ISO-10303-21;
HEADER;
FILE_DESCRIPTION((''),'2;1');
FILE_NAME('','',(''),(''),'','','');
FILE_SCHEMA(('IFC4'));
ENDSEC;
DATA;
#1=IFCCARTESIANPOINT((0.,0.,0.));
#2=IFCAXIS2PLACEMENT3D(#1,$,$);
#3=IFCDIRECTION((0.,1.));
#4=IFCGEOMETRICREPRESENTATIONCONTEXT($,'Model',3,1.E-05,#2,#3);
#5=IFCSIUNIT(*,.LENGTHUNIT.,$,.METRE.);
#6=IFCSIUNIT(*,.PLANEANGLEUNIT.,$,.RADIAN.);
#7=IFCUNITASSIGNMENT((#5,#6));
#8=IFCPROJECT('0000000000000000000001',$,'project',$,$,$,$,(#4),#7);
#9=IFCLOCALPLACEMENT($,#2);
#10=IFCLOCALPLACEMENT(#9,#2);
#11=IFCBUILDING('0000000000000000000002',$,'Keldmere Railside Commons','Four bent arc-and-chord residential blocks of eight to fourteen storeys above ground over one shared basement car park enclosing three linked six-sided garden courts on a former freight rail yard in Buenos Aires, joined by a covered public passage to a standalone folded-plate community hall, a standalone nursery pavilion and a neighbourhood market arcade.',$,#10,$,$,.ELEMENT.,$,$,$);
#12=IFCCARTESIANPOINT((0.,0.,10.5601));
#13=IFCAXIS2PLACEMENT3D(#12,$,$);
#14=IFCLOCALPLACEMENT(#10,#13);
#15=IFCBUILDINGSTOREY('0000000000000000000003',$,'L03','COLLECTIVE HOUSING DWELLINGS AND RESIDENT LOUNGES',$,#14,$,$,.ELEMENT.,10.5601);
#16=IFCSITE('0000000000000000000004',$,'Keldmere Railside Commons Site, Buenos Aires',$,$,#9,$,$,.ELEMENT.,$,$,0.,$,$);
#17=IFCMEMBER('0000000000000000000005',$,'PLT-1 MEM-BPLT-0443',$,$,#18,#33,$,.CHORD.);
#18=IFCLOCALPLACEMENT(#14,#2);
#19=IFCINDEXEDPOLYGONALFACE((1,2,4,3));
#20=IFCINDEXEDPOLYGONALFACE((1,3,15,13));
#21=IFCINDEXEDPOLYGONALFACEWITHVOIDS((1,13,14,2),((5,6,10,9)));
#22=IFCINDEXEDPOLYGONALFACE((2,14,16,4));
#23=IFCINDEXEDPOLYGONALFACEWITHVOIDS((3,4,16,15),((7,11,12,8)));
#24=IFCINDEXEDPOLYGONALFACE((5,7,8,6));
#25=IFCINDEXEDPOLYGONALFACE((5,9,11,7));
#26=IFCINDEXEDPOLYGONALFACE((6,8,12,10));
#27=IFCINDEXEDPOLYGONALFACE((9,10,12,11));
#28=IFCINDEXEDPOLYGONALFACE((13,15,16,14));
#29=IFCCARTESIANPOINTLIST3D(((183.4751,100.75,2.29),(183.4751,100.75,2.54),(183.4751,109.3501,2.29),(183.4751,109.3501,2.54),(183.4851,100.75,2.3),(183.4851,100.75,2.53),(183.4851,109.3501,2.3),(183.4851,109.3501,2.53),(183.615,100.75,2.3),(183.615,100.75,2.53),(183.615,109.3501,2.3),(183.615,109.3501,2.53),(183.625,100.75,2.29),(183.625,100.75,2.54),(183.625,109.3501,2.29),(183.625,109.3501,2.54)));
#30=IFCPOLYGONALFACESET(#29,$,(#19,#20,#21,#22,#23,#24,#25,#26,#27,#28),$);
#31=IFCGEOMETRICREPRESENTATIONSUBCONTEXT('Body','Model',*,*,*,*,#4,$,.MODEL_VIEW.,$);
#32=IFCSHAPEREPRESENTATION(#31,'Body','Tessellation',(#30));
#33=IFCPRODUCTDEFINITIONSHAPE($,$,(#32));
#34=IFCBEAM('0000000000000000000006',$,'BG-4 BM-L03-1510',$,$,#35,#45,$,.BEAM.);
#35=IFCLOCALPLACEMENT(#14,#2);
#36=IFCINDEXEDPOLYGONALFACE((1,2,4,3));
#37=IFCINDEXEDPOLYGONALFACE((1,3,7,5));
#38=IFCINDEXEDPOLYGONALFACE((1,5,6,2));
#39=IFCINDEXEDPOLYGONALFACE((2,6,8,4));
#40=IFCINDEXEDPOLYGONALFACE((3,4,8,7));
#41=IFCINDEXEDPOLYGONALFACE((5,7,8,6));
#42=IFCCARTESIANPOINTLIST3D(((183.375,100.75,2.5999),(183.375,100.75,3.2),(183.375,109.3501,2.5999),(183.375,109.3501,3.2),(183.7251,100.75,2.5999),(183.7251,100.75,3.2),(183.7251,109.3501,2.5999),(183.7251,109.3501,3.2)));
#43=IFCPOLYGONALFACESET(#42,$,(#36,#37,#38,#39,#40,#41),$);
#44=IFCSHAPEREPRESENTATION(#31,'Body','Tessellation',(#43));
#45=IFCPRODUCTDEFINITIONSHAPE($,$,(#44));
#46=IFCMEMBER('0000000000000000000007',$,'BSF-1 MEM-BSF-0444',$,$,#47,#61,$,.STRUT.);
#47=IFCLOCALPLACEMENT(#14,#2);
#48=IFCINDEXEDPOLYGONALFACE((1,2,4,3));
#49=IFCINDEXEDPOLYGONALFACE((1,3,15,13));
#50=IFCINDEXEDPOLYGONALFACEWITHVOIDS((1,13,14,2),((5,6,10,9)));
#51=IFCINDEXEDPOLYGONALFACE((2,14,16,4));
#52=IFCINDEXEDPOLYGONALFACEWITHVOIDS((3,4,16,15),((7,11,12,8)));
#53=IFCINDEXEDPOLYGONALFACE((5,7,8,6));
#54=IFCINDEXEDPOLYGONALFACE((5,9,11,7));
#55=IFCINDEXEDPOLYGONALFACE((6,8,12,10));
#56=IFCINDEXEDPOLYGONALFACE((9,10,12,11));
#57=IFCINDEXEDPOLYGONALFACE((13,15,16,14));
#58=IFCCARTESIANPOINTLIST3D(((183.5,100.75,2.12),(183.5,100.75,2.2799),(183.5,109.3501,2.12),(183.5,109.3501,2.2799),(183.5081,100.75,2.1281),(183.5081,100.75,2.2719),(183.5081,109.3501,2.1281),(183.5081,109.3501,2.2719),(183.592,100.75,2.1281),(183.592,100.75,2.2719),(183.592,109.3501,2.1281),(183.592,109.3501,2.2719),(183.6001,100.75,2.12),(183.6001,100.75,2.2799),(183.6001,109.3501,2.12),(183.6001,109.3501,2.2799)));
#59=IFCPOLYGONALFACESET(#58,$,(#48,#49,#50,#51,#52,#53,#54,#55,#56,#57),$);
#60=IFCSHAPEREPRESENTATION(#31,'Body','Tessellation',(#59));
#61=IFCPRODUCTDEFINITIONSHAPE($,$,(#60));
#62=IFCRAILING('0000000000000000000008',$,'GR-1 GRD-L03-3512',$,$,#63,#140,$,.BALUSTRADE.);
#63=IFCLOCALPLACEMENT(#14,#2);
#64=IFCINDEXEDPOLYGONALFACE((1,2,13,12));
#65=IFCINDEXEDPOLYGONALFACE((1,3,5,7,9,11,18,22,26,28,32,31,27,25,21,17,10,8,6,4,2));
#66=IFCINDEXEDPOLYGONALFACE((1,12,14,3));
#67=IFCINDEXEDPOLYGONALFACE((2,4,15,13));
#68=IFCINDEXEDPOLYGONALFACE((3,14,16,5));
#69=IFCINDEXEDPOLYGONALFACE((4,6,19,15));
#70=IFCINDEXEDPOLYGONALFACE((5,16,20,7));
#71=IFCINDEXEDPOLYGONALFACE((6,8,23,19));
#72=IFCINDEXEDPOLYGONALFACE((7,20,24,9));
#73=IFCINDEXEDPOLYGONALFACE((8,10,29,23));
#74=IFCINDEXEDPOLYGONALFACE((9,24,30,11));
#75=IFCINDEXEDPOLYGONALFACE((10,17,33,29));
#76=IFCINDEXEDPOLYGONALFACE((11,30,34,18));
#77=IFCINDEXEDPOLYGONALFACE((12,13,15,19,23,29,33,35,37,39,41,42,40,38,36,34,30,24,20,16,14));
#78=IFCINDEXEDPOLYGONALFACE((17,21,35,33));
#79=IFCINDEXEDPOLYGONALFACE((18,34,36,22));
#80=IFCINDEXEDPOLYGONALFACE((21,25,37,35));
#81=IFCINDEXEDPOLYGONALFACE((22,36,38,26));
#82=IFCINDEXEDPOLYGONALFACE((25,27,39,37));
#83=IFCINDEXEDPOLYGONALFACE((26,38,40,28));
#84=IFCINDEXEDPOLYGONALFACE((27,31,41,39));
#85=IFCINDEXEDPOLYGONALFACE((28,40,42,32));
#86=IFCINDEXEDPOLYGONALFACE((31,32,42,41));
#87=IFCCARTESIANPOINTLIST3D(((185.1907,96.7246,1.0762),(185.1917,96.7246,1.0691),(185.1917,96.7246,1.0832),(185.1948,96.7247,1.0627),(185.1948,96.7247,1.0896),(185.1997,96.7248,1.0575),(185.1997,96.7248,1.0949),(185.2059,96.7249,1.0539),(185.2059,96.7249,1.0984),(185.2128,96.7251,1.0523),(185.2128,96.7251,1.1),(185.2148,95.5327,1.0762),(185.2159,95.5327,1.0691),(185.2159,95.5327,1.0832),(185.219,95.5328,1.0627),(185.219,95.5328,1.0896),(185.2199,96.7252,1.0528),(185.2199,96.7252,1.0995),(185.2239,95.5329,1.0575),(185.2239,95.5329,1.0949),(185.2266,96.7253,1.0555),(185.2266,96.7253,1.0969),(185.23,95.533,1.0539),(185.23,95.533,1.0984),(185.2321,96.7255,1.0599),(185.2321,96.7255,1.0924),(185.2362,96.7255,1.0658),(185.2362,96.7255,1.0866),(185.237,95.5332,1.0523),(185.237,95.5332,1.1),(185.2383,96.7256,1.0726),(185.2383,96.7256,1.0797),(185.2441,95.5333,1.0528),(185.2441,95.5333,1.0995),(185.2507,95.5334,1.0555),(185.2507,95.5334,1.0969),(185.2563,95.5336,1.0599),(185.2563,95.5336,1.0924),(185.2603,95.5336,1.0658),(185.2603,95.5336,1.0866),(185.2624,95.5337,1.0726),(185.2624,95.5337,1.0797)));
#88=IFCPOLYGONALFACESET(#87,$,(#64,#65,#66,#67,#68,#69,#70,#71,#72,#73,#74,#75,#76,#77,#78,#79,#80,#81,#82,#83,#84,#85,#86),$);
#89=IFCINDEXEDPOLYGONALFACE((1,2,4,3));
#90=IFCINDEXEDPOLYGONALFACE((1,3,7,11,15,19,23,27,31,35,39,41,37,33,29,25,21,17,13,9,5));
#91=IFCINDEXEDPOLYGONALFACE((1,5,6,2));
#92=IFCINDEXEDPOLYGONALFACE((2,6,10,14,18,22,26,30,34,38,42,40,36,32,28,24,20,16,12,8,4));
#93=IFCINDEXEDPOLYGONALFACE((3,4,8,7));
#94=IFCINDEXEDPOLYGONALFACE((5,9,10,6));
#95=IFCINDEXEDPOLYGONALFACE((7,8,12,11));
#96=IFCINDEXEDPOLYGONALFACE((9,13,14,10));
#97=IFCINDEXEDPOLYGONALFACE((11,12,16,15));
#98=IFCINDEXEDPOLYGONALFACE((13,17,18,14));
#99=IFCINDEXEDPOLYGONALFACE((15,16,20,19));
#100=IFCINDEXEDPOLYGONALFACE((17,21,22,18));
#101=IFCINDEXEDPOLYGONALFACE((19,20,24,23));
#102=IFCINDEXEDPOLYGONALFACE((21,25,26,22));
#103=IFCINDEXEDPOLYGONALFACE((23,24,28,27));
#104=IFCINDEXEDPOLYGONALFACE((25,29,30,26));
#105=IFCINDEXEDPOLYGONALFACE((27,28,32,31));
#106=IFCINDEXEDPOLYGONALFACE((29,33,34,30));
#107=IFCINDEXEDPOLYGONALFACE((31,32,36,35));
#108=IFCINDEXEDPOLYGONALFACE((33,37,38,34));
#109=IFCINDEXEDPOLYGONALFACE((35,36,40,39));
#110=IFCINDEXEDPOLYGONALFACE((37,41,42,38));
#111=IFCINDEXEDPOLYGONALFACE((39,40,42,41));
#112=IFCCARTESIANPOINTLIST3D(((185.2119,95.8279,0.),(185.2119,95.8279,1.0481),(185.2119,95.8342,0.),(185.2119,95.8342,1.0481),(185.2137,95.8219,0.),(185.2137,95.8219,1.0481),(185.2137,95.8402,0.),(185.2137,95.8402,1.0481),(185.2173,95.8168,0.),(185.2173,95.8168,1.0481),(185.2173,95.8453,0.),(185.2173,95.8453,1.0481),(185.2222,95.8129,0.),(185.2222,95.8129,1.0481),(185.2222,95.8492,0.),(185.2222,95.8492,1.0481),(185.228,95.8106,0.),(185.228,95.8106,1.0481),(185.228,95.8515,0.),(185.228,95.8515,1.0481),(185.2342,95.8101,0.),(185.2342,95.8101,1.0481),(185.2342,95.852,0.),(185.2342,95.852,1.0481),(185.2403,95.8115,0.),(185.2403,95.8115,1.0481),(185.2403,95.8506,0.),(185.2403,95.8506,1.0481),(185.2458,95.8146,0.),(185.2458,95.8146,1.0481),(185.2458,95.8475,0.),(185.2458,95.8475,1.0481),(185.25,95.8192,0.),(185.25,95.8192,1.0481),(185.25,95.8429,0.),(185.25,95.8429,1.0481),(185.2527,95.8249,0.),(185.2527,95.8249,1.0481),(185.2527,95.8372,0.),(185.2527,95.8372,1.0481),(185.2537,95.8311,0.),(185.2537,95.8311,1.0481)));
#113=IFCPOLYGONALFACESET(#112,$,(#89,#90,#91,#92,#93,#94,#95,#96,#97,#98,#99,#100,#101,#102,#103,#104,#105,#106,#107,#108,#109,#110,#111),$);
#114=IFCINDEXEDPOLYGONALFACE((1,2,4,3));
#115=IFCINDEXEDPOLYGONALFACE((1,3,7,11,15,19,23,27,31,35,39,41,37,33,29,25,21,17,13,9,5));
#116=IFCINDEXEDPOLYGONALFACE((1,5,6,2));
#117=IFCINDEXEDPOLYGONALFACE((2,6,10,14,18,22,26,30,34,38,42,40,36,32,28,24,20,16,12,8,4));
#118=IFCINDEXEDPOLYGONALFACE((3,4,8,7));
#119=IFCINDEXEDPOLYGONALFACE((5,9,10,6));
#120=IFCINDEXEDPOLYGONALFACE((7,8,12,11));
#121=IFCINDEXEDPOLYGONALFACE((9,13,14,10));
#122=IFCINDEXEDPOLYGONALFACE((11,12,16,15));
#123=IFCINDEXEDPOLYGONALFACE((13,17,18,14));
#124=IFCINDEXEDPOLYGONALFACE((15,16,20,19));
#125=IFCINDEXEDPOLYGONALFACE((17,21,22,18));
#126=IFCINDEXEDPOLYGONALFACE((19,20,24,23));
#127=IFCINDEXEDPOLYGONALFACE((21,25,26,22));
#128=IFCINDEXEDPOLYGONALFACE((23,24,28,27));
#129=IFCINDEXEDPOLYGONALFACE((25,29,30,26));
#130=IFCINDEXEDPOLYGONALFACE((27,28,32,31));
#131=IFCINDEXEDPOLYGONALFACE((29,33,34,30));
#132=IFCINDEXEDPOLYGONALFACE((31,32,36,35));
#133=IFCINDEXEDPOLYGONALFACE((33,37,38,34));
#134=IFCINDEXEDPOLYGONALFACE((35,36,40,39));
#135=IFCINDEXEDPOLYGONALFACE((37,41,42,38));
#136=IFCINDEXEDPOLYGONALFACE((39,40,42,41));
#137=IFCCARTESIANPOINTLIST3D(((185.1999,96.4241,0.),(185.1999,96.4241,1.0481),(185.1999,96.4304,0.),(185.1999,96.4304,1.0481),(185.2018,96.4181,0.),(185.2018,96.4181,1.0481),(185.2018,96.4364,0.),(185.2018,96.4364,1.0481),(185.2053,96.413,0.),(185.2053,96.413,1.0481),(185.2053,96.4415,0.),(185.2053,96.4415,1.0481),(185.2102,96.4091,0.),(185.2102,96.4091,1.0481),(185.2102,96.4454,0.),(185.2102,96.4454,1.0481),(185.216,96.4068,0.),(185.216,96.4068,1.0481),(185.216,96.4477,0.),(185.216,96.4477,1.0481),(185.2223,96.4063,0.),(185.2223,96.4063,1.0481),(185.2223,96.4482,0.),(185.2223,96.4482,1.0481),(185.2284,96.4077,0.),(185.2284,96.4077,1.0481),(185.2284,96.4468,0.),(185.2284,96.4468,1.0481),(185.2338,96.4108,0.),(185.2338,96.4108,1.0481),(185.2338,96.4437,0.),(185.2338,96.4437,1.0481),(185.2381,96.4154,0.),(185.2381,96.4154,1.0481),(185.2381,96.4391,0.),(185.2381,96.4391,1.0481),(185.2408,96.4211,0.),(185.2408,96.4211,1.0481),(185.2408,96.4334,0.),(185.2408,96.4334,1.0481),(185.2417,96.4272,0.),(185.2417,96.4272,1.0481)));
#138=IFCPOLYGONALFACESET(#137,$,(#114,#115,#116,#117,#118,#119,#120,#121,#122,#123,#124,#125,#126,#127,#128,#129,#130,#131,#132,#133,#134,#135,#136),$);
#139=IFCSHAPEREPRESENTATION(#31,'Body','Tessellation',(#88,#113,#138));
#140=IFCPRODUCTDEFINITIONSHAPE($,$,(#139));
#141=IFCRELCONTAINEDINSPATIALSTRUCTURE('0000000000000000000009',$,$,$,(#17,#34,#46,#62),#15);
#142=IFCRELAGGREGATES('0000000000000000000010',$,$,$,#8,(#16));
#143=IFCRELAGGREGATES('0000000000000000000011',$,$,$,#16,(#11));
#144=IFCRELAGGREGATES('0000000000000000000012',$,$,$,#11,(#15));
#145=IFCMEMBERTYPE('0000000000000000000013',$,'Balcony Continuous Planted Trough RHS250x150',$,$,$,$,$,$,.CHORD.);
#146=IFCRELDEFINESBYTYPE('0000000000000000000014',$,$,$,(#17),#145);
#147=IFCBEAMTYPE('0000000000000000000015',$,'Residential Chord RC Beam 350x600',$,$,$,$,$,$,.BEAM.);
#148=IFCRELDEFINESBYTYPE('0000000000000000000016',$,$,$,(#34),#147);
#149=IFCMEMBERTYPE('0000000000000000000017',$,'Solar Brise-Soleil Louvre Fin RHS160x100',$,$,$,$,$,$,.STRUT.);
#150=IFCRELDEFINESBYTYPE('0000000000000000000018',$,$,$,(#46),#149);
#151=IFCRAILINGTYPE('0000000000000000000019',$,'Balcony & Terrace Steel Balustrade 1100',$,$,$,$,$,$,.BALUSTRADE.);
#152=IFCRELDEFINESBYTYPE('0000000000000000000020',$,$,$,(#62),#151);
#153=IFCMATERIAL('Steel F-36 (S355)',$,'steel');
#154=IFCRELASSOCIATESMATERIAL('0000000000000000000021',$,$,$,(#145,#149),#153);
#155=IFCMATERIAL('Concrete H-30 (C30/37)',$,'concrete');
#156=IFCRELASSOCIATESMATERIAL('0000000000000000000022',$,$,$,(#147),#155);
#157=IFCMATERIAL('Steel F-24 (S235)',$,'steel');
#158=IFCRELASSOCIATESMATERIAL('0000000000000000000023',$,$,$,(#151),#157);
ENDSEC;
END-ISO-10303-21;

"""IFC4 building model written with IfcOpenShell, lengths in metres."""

from ifc_helpers import new_model, si_unit, direction, frame, origin, origin_2d, place, context, subcontext, project, spatial, rectangle, hollow_rectangle, circle, extrude, material, material_profile, profile_set, type_object, element, save


model = new_model("IFC4")

# Units and contexts
model_context = context("Model", 3, precision=1e-05, world=origin(), true_north=direction((0.0, 1.0)))
body_context = subcontext(model_context, "Body", "Model", "MODEL_VIEW")
ifc_project = project(units=[si_unit("LENGTHUNIT", "METRE"), si_unit("PLANEANGLEUNIT", "RADIAN")], contexts=[model_context])

# Site, building, storey
site_placement = place(None, origin())
site = spatial("IfcSite", under=ifc_project, at=site_placement, Name="Keldmere Railside Commons Site, Buenos Aires", CompositionType="ELEMENT", RefElevation=0.0)
building_placement = place(site_placement, origin())
building = spatial("IfcBuilding", under=site, at=building_placement, Name="Keldmere Railside Commons", Description="Four bent arc-and-chord residential blocks of eight to fourteen storeys above ground over one shared basement car park enclosing three linked six-sided garden courts on a former freight rail yard in Buenos Aires, joined by a covered public passage to a standalone folded-plate community hall, a standalone nursery pavilion and a neighbourhood market arcade.", CompositionType="ELEMENT")
storey_placement = place(building_placement, frame((0.0, 0.0, 10.5601)))
storey = spatial("IfcBuildingStorey", under=building, at=storey_placement, Name="L03", Description="COLLECTIVE HOUSING DWELLINGS AND RESIDENT LOUNGES", CompositionType="ELEMENT", Elevation=10.5601)

# Member
ifc_material_1 = material(Name="Steel F-36 (S355)", Category="steel")
ifc_material_profile_1 = material_profile(ifc_material_1, hollow_rectangle(XDim=0.1499, YDim=0.25, WallThickness=0.01, at=origin_2d()), Name="RHS-250x150x10")
ifc_profile_set_1 = profile_set([ifc_material_profile_1], Name="Steel F-36 (S355)")
member_type_1 = type_object("IfcMemberType", Name="Balcony Continuous Planted Trough RHS250x150", PredefinedType="CHORD", material=ifc_profile_set_1)
member_1_placement = place(storey_placement, frame((183.55, 100.75, 2.415), z_axis=(0.0, 1.0, 0.0), x_axis=(-1.0, 0.0, 0.0)))
element("IfcMember", 1, at=member_1_placement, inside=storey, type_object=member_type_1, Name="PLT-1 MEM-BPLT-0443", PredefinedType="CHORD", context=body_context, shape_type="SweptSolid", body=[
    extrude(hollow_rectangle(XDim=0.1499, YDim=0.25, WallThickness=0.01, at=origin_2d()), origin(), (0.0, 0.0, 1.0), 8.6001),
])

# Beam
ifc_material_2 = material(Name="Concrete H-30 (C30/37)", Category="concrete")
ifc_material_profile_2 = material_profile(ifc_material_2, rectangle(XDim=0.3501, YDim=0.6001, at=origin_2d()), Name="RC-350x600")
ifc_profile_set_2 = profile_set([ifc_material_profile_2], Name="Concrete H-30 (C30/37)")
beam_type = type_object("IfcBeamType", Name="Residential Chord RC Beam 350x600", PredefinedType="BEAM", material=ifc_profile_set_2)
beam_placement = place(storey_placement, frame((183.55, 100.75, 2.8999), z_axis=(0.0, 1.0, 0.0), x_axis=(-1.0, 0.0, 0.0)))
element("IfcBeam", 2, at=beam_placement, inside=storey, type_object=beam_type, Name="BG-4 BM-L03-1510", PredefinedType="BEAM", context=body_context, shape_type="SweptSolid", body=[
    extrude(rectangle(XDim=0.3501, YDim=0.6001, at=origin_2d()), origin(), (0.0, 0.0, 1.0), 8.6001),
])

# Member
ifc_material_profile_3 = material_profile(ifc_material_1, hollow_rectangle(XDim=0.1001, YDim=0.1599, WallThickness=0.0081, at=origin_2d()), Name="RHS-160x100x8")
ifc_profile_set_3 = profile_set([ifc_material_profile_3], Name="Steel F-36 (S355)")
member_type_2 = type_object("IfcMemberType", Name="Solar Brise-Soleil Louvre Fin RHS160x100", PredefinedType="STRUT", material=ifc_profile_set_3)
member_2_placement = place(storey_placement, frame((183.55, 100.75, 2.2), z_axis=(0.0, 1.0, 0.0), x_axis=(-1.0, 0.0, 0.0)))
element("IfcMember", 3, at=member_2_placement, inside=storey, type_object=member_type_2, Name="BSF-1 MEM-BSF-0444", PredefinedType="STRUT", context=body_context, shape_type="SweptSolid", body=[
    extrude(hollow_rectangle(XDim=0.1001, YDim=0.1599, WallThickness=0.0081, at=origin_2d()), origin(), (0.0, 0.0, 1.0), 8.6001),
])

# Railing
ifc_material_3 = material(Name="Steel F-24 (S235)", Category="steel")
railing_type = type_object("IfcRailingType", Name="Balcony & Terrace Steel Balustrade 1100", PredefinedType="BALUSTRADE", material=ifc_material_3)
railing_1_placement = place(storey_placement, frame((185.2388, 95.5332, 0.0)))
element("IfcRailing", 4, at=railing_1_placement, inside=storey, type_object=railing_type, Name="GR-1 GRD-L03-3512", PredefinedType="BALUSTRADE", context=body_context, shape_type="SweptSolid", body=[
    extrude(circle(Radius=0.0239, at=origin_2d()), frame((0.0, 0.0, 1.0762), z_axis=(-0.020274, 0.999794, 0.0), x_axis=(-0.999794, -0.020274, 0.0)), (0.0, 0.0, 1.0), 1.1921),
    extrude(circle(Radius=0.021, at=origin_2d()), frame((-0.0061, 0.2979, 0.0)), (0.0, 0.0, 1.0), 1.0481),
    extrude(circle(Radius=0.021, at=origin_2d()), frame((-0.0181, 0.894, 0.0)), (0.0, 0.0, 1.0), 1.0481),
])

save(model, "model.ifc")
